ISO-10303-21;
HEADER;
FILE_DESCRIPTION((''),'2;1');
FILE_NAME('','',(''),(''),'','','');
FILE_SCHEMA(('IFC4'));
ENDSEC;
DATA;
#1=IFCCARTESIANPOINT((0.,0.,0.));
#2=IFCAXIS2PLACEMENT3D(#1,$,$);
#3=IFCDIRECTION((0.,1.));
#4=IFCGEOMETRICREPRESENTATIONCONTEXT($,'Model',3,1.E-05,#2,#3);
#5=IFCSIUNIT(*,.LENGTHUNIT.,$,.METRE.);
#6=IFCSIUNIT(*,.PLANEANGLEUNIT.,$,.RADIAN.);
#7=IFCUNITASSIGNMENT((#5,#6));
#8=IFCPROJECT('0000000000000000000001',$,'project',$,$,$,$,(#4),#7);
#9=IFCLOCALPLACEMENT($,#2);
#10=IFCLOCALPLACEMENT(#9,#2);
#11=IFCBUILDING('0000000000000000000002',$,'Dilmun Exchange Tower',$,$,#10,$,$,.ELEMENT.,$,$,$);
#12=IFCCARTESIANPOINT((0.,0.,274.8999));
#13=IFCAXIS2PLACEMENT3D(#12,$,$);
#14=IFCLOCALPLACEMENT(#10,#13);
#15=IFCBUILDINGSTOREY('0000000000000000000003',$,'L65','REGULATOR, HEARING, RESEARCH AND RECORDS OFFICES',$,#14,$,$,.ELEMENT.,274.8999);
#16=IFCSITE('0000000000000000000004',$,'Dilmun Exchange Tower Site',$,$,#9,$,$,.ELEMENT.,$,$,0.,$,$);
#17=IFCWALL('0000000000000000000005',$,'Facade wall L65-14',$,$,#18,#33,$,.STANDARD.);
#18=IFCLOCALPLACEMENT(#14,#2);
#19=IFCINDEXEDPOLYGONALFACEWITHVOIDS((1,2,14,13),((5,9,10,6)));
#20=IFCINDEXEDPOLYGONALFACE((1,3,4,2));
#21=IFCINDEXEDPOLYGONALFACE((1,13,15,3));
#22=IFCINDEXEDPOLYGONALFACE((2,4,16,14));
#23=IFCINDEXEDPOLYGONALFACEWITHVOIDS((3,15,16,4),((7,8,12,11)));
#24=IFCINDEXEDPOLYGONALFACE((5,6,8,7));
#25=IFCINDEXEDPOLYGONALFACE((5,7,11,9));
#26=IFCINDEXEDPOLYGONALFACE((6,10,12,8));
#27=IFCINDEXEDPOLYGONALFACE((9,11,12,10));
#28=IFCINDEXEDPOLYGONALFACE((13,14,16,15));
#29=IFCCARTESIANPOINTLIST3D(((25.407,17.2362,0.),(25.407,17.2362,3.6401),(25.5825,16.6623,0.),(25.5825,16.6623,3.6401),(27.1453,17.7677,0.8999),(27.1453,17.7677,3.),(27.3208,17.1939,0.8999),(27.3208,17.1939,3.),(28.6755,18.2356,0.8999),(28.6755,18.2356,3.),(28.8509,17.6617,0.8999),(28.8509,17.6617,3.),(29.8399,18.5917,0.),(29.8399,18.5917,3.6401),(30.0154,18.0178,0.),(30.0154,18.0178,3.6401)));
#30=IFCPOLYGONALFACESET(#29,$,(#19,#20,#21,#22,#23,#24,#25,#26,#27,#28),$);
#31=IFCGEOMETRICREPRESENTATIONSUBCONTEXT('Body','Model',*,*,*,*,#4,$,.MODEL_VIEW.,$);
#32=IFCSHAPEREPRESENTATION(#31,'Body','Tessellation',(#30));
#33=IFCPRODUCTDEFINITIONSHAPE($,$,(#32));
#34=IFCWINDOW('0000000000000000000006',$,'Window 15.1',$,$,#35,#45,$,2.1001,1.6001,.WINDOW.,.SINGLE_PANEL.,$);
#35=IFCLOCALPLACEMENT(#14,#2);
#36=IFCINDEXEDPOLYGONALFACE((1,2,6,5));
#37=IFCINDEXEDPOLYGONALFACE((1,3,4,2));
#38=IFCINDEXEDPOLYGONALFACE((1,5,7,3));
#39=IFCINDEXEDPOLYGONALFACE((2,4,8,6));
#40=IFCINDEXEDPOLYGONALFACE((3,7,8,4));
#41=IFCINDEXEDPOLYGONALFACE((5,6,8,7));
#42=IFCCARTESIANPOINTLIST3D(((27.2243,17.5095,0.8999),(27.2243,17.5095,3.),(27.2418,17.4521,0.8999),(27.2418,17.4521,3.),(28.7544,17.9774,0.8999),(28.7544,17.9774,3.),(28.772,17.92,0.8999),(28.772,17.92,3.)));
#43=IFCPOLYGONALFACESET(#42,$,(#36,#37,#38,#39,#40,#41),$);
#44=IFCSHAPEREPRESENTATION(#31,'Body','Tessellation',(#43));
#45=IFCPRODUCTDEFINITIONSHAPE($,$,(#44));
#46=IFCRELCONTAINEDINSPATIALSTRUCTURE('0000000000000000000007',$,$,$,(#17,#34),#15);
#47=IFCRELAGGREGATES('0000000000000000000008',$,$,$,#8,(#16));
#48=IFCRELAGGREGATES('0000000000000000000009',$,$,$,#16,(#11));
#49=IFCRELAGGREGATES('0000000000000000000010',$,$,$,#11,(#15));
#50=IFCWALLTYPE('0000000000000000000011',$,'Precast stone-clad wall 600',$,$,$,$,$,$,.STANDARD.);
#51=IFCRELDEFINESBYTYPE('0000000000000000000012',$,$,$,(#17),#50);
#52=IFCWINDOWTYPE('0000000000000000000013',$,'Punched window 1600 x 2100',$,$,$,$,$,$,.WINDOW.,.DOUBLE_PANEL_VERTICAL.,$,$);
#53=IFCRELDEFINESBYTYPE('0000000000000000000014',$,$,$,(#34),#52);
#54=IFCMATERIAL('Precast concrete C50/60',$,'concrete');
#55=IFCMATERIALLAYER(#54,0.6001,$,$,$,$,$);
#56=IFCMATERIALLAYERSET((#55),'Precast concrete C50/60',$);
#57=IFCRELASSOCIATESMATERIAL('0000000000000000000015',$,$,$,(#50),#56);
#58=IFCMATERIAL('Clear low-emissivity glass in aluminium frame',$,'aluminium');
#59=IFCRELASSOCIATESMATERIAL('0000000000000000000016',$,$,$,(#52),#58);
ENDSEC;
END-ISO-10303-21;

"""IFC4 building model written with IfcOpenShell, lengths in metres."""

from ifc_helpers import new_model, si_unit, direction, frame, frame_2d, origin, place, context, subcontext, project, spatial, rectangle, extrude, material, layer, layer_set, type_object, element, fill, save


model = new_model("IFC4")

# Units and contexts
model_context = context("Model", 3, precision=1e-05, world=origin(), true_north=direction((0.0, 1.0)))
body_context = subcontext(model_context, "Body", "Model", "MODEL_VIEW")
ifc_project = project(units=[si_unit("LENGTHUNIT", "METRE"), si_unit("PLANEANGLEUNIT", "RADIAN")], contexts=[model_context])

# Site, building, storey
site_placement = place(None, origin())
site = spatial("IfcSite", under=ifc_project, at=site_placement, Name="Dilmun Exchange Tower Site", CompositionType="ELEMENT", RefElevation=0.0)
building_placement = place(site_placement, origin())
building = spatial("IfcBuilding", under=site, at=building_placement, Name="Dilmun Exchange Tower", CompositionType="ELEMENT")
storey_placement = place(building_placement, frame((0.0, 0.0, 274.8999)))
storey = spatial("IfcBuildingStorey", under=building, at=storey_placement, Name="L65", Description="REGULATOR, HEARING, RESEARCH AND RECORDS OFFICES", CompositionType="ELEMENT", Elevation=274.8999)

# Wall, opening, window
ifc_material_1 = material(Name="Precast concrete C50/60", Category="concrete")
ifc_layer_1 = layer(ifc_material_1, 0.6001)
ifc_layer_set_1 = layer_set([ifc_layer_1], Name="Precast concrete C50/60")
wall_type_1 = type_object("IfcWallType", Name="Precast stone-clad wall 600", PredefinedType="STANDARD", material=ifc_layer_set_1)
wall_1_placement = place(storey_placement, frame((25.4946, 16.9492, 0.0), z_axis=(0.0, 0.0, 1.0), x_axis=(0.956292, 0.292413, 0.0)))
wall_1 = element("IfcWall", 1, at=wall_1_placement, inside=storey, type_object=wall_type_1, Name="Facade wall L65-14", PredefinedType="STANDARD", context=body_context, shape_type="SweptSolid", body=[
    extrude(rectangle(XDim=4.6355, YDim=0.6001, at=frame_2d((2.3179, 0.0))), origin(), (0.0, 0.0, 1.0), 3.6401),
])
opening_1_placement = place(wall_1_placement, frame((1.8179, 0.0, 0.8999)))
opening_1 = element("IfcOpeningElement", 2, at=opening_1_placement, cuts=wall_1, PredefinedType="OPENING", context=body_context, shape_type="SweptSolid", body=[
    extrude(rectangle(XDim=1.6001, YDim=2.1001, at=frame_2d((0.8, 1.05))), frame((0.0, 0.3101, 0.0), z_axis=(0.0, -1.0, 0.0), x_axis=(1.0, 0.0, 0.0)), (0.0, 0.0, 1.0), 0.6201),
])
ifc_material_2 = material(Name="Clear low-emissivity glass in aluminium frame", Category="aluminium")
window_type_1 = type_object("IfcWindowType", Name="Punched window 1600 x 2100", PartitioningType="DOUBLE_PANEL_VERTICAL", PredefinedType="WINDOW", material=ifc_material_2)
window_1_placement = place(opening_1_placement, origin())
window_1 = element("IfcWindow", 3, at=window_1_placement, inside=storey, type_object=window_type_1, Name="Window 15.1", OverallHeight=2.1001, OverallWidth=1.6001, PartitioningType="SINGLE_PANEL", PredefinedType="WINDOW", context=body_context, shape_type="SweptSolid", body=[
    extrude(rectangle(XDim=1.6001, YDim=2.1001, at=frame_2d((0.8, 1.05))), frame((0.0, 0.03, 0.0), z_axis=(0.0, -1.0, 0.0), x_axis=(1.0, 0.0, 0.0)), (0.0, 0.0, 1.0), 0.0601),
])
fill(opening_1, window_1)

save(model, "model.ifc")
